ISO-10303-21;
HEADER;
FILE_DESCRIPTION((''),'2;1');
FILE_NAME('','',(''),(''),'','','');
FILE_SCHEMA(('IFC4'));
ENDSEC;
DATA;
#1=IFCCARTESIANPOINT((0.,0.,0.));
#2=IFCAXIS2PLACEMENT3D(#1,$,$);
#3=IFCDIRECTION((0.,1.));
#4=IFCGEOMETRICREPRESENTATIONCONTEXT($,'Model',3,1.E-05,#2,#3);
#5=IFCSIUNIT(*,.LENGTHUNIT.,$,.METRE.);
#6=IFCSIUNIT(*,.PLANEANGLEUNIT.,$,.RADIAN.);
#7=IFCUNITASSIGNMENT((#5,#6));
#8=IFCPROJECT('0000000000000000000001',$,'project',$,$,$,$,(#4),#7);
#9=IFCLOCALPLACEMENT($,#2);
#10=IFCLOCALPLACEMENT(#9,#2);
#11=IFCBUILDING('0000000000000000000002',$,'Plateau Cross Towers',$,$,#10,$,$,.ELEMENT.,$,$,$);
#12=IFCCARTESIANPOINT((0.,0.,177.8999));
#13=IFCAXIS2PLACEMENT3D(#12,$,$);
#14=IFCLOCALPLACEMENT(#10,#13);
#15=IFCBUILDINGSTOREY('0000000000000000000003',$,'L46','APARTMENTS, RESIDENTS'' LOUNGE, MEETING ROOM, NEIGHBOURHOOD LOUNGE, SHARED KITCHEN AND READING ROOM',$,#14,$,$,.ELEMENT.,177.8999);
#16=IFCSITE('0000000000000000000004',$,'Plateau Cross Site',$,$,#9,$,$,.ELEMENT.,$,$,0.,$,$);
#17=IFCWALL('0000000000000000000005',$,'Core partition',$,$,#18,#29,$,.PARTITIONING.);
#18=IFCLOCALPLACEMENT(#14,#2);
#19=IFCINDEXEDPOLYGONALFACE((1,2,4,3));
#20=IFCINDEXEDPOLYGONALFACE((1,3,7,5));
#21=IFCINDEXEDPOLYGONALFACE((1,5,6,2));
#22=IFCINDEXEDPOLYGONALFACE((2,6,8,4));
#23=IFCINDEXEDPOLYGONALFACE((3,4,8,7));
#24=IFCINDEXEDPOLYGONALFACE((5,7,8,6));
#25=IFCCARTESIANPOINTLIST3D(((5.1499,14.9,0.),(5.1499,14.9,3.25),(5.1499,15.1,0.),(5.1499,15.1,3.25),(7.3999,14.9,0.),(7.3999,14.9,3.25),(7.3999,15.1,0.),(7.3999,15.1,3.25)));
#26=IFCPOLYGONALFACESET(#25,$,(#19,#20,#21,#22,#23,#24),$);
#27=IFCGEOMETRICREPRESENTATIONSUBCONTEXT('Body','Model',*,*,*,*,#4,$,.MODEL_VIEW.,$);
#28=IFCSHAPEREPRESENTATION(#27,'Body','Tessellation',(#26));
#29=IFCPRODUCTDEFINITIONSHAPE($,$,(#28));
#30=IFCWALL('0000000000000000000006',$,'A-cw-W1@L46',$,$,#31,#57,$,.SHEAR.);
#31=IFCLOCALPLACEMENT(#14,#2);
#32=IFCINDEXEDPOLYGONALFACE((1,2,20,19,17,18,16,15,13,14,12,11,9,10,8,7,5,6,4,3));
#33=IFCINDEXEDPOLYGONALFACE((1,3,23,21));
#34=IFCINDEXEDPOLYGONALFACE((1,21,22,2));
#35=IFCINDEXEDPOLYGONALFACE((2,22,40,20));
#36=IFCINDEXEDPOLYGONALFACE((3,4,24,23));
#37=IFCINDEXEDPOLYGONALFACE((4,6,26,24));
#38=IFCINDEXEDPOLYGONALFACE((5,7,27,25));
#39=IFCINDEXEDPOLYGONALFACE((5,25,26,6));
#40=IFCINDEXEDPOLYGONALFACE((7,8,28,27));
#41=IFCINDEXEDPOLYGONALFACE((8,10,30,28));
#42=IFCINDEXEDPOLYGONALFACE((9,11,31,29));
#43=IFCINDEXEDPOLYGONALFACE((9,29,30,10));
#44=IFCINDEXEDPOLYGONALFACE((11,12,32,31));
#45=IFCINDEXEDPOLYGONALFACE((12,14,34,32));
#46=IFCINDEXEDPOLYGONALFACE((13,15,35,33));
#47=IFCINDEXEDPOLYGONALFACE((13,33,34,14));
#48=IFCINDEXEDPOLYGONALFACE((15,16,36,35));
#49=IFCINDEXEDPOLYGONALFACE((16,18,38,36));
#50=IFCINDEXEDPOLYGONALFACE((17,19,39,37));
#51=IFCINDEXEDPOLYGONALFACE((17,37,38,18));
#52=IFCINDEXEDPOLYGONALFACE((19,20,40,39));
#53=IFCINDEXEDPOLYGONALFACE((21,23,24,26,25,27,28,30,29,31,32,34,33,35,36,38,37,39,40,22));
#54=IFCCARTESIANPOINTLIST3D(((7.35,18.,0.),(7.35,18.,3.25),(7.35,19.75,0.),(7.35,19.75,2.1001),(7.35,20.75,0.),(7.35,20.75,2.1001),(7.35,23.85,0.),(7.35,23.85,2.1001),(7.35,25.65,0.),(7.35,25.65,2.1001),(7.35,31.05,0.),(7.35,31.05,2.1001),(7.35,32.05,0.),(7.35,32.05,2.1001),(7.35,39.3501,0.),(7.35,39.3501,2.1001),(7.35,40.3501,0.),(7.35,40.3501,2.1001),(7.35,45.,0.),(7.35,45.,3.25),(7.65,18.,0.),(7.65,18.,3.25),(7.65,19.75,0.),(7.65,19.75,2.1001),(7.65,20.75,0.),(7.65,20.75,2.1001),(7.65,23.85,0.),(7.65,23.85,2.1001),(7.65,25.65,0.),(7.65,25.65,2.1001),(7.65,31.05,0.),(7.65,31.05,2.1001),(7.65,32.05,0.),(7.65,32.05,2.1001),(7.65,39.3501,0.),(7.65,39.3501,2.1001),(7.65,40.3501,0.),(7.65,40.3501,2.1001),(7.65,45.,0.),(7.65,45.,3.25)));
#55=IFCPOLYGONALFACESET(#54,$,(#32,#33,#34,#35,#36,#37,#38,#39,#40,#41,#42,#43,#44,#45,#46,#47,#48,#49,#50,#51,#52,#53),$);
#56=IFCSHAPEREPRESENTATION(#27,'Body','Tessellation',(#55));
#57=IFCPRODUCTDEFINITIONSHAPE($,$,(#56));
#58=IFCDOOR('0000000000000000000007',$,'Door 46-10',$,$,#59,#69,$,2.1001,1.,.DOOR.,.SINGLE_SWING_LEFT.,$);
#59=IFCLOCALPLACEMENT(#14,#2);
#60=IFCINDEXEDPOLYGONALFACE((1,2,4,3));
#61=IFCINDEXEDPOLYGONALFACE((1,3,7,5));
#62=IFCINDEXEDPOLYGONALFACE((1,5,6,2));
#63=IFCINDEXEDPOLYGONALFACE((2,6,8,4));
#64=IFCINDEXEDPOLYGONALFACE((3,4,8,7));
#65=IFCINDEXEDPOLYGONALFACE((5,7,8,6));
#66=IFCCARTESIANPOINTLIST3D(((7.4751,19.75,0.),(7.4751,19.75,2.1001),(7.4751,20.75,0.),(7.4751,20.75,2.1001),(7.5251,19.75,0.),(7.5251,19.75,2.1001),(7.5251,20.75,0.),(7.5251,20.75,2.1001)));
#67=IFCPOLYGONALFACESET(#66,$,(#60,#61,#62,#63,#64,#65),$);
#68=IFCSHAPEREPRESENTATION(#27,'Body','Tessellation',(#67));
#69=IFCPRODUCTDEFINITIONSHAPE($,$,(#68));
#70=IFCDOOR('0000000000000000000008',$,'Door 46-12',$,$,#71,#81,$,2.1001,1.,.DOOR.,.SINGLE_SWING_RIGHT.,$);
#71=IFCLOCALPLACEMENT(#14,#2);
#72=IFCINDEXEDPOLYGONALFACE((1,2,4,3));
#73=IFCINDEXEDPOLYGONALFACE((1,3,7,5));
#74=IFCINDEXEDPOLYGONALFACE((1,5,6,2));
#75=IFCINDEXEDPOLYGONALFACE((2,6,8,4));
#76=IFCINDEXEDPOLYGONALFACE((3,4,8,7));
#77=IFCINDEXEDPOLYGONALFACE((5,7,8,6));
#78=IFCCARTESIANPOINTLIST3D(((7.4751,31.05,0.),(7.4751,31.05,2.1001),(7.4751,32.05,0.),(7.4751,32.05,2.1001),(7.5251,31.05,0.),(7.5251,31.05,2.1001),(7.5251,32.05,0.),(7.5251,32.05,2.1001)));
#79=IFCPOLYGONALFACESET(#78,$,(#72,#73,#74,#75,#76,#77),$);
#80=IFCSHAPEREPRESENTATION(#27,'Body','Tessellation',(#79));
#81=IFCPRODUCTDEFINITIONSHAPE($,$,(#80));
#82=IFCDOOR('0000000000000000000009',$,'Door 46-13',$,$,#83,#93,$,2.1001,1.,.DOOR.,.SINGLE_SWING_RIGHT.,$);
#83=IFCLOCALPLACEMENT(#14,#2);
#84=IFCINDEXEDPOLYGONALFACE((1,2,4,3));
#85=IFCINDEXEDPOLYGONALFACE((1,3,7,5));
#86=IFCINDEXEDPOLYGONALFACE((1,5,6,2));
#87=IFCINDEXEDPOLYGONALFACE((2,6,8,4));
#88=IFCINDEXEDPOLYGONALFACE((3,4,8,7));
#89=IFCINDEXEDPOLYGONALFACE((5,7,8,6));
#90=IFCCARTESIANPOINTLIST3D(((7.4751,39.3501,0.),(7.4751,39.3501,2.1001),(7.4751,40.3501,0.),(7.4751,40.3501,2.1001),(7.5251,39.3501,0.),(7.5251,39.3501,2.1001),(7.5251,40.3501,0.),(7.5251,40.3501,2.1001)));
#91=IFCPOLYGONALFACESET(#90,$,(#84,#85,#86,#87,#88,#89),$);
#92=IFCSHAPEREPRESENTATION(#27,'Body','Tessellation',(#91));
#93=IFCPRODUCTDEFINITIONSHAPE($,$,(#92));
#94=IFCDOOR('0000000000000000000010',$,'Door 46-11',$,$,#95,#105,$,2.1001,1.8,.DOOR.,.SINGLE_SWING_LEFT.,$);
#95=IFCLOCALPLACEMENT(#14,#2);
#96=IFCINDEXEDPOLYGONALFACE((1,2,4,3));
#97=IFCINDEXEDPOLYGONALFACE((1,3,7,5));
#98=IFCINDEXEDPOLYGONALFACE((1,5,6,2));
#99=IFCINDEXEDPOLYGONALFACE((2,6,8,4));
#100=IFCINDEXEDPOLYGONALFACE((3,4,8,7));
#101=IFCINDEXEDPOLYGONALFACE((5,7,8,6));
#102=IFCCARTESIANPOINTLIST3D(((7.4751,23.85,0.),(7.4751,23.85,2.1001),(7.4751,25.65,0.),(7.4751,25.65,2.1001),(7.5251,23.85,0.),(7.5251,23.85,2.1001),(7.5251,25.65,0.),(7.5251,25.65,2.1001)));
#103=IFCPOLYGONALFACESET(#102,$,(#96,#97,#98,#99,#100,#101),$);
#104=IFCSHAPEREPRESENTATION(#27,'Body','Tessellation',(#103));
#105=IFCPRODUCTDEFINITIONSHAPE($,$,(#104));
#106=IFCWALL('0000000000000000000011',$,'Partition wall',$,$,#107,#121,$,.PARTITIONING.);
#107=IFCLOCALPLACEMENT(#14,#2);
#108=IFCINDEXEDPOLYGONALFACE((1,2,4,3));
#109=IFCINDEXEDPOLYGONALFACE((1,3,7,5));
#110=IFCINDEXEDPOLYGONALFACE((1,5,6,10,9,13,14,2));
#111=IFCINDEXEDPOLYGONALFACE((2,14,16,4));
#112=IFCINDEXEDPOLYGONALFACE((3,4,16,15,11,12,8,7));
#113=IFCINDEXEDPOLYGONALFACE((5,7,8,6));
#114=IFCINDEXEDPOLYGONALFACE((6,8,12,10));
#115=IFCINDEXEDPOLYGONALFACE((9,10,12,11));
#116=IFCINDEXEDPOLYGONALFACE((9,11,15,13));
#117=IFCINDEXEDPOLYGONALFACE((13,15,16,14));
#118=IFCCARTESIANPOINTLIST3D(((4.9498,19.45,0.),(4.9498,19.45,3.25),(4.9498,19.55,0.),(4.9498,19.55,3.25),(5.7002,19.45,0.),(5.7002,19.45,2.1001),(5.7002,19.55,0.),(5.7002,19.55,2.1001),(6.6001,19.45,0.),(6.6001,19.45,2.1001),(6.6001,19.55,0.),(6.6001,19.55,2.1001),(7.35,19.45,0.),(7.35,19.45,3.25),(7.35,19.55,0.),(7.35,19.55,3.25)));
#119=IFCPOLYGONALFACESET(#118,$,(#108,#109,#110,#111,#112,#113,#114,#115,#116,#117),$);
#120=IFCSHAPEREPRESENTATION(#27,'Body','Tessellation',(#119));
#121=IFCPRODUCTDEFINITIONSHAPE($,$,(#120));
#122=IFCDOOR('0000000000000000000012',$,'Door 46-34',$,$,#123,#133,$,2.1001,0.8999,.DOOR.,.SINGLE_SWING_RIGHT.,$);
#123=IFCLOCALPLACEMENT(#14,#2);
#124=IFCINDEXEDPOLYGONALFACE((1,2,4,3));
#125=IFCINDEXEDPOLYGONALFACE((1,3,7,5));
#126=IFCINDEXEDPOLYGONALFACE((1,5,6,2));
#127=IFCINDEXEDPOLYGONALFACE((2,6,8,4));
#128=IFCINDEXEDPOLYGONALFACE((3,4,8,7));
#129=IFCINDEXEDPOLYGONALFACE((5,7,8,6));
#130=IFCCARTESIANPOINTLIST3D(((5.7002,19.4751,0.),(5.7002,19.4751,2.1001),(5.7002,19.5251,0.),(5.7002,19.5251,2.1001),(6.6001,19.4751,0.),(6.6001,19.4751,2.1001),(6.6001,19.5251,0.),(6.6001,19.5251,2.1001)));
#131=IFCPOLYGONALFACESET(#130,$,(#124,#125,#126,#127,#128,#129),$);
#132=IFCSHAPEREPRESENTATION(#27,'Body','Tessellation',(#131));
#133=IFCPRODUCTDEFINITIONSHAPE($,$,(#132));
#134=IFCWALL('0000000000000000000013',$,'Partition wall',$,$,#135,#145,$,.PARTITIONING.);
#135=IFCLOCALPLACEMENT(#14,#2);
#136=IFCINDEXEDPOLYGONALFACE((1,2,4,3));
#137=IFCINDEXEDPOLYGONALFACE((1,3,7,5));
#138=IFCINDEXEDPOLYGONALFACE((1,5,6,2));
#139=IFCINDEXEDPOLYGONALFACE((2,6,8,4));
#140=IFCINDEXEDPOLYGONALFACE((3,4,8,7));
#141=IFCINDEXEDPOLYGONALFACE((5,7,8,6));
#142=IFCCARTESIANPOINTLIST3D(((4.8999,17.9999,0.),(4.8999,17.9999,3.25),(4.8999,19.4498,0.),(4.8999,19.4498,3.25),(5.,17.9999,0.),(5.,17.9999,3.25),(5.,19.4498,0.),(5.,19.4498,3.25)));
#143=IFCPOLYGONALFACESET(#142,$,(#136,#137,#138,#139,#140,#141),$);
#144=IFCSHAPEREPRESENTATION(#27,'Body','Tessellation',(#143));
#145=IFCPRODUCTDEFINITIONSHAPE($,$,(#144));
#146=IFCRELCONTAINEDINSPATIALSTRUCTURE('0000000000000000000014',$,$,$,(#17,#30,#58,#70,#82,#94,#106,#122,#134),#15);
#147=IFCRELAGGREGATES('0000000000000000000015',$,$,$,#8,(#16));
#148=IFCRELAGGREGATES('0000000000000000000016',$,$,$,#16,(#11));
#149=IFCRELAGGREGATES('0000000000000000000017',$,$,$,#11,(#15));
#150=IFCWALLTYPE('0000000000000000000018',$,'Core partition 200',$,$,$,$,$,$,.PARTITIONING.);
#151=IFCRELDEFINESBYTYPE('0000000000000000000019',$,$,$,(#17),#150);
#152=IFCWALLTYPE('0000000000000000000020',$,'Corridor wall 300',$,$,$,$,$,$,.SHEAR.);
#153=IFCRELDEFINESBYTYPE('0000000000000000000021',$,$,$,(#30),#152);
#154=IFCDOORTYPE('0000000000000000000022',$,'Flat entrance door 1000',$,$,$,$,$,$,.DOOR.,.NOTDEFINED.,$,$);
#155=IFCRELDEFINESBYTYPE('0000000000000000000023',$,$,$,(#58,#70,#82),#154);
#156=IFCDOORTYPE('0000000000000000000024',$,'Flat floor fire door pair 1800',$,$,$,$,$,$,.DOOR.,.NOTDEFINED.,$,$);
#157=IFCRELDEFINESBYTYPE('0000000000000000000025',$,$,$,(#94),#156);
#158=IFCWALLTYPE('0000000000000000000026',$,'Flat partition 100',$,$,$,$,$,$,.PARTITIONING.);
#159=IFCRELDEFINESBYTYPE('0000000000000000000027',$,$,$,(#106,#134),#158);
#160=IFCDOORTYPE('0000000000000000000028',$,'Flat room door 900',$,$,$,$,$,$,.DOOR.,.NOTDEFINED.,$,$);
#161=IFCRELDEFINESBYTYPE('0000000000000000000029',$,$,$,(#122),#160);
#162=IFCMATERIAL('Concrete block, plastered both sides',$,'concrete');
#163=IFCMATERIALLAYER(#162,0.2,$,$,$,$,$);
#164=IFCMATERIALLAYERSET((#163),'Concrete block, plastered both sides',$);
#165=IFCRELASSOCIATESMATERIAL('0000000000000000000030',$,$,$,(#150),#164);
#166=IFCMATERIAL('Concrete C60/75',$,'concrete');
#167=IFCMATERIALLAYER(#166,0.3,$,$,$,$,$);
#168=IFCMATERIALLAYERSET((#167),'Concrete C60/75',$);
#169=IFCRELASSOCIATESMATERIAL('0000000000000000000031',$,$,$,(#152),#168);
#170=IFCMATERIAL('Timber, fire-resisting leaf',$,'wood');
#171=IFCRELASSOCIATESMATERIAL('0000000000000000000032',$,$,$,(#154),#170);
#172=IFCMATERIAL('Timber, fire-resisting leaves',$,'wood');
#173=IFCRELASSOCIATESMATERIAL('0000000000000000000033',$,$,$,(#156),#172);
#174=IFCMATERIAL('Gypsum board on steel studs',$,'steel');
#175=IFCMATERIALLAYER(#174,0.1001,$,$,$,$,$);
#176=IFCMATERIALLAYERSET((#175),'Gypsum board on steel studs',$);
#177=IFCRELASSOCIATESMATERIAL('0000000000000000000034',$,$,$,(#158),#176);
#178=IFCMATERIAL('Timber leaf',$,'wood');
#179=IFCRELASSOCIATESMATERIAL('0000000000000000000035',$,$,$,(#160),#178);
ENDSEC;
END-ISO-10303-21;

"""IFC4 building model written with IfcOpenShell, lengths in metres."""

from ifc_helpers import new_model, si_unit, direction, frame, frame_2d, origin, place, context, subcontext, project, spatial, rectangle, extrude, material, layer, layer_set, type_object, element, fill, save


model = new_model("IFC4")

# Units and contexts
model_context = context("Model", 3, precision=1e-05, world=origin(), true_north=direction((0.0, 1.0)))
body_context = subcontext(model_context, "Body", "Model", "MODEL_VIEW")
ifc_project = project(units=[si_unit("LENGTHUNIT", "METRE"), si_unit("PLANEANGLEUNIT", "RADIAN")], contexts=[model_context])

# Site, building, storey
site_placement = place(None, origin())
site = spatial("IfcSite", under=ifc_project, at=site_placement, Name="Plateau Cross Site", CompositionType="ELEMENT", RefElevation=0.0)
building_placement = place(site_placement, origin())
building = spatial("IfcBuilding", under=site, at=building_placement, Name="Plateau Cross Towers", CompositionType="ELEMENT")
storey_placement = place(building_placement, frame((0.0, 0.0, 177.8999)))
storey = spatial("IfcBuildingStorey", under=building, at=storey_placement, Name="L46", Description="APARTMENTS, RESIDENTS' LOUNGE, MEETING ROOM, NEIGHBOURHOOD LOUNGE, SHARED KITCHEN AND READING ROOM", CompositionType="ELEMENT", Elevation=177.8999)

# Wall
ifc_material_1 = material(Name="Concrete block, plastered both sides", Category="concrete")
ifc_layer_1 = layer(ifc_material_1, 0.2)
ifc_layer_set_1 = layer_set([ifc_layer_1], Name="Concrete block, plastered both sides")
wall_type_1 = type_object("IfcWallType", Name="Core partition 200", PredefinedType="PARTITIONING", material=ifc_layer_set_1)
wall_1_placement = place(storey_placement, frame((5.1499, 15.0, 0.0), z_axis=(0.0, 0.0, 1.0), x_axis=(1.0, 0.0, 0.0)))
element("IfcWall", 1, at=wall_1_placement, inside=storey, type_object=wall_type_1, Name="Core partition", PredefinedType="PARTITIONING", context=body_context, shape_type="SweptSolid", body=[
    extrude(rectangle(XDim=2.25, YDim=0.2, at=frame_2d((1.125, 0.0))), origin(), (0.0, 0.0, 1.0), 3.25),
])

# Wall, openings, doors
ifc_material_2 = material(Name="Concrete C60/75", Category="concrete")
ifc_layer_2 = layer(ifc_material_2, 0.3)
ifc_layer_set_2 = layer_set([ifc_layer_2], Name="Concrete C60/75")
wall_type_2 = type_object("IfcWallType", Name="Corridor wall 300", PredefinedType="SHEAR", material=ifc_layer_set_2)
wall_2_placement = place(storey_placement, frame((7.5, 18.0, 0.0), z_axis=(0.0, 0.0, 1.0), x_axis=(0.0, 1.0, 0.0)))
wall_2 = element("IfcWall", 2, at=wall_2_placement, inside=storey, type_object=wall_type_2, Name="A-cw-W1@L46", PredefinedType="SHEAR", context=body_context, shape_type="SweptSolid", body=[
    extrude(rectangle(XDim=27.0, YDim=0.3, at=frame_2d((13.5, 0.0))), origin(), (0.0, 0.0, 1.0), 3.25),
])
opening_1_placement = place(wall_2_placement, frame((1.75, 0.0, 0.0)))
opening_1 = element("IfcOpeningElement", 3, at=opening_1_placement, cuts=wall_2, PredefinedType="OPENING", context=body_context, shape_type="SweptSolid", body=[
    extrude(rectangle(XDim=1.0, YDim=2.1001, at=frame_2d((0.5, 1.05))), frame((0.0, 0.1599, 0.0), z_axis=(0.0, -1.0, 0.0), x_axis=(1.0, 0.0, 0.0)), (0.0, 0.0, 1.0), 0.3201),
])
opening_2_placement = place(wall_2_placement, frame((5.8501, 0.0, 0.0)))
opening_2 = element("IfcOpeningElement", 4, at=opening_2_placement, cuts=wall_2, PredefinedType="OPENING", context=body_context, shape_type="SweptSolid", body=[
    extrude(rectangle(XDim=1.8, YDim=2.1001, at=frame_2d((0.8999, 1.05))), frame((0.0, 0.1599, 0.0), z_axis=(0.0, -1.0, 0.0), x_axis=(1.0, 0.0, 0.0)), (0.0, 0.0, 1.0), 0.3201),
])
opening_3_placement = place(wall_2_placement, frame((13.05, 0.0, 0.0)))
opening_3 = element("IfcOpeningElement", 5, at=opening_3_placement, cuts=wall_2, PredefinedType="OPENING", context=body_context, shape_type="SweptSolid", body=[
    extrude(rectangle(XDim=1.0, YDim=2.1001, at=frame_2d((0.5, 1.05))), frame((0.0, 0.1599, 0.0), z_axis=(0.0, -1.0, 0.0), x_axis=(1.0, 0.0, 0.0)), (0.0, 0.0, 1.0), 0.3201),
])
opening_4_placement = place(wall_2_placement, frame((21.3501, 0.0, 0.0)))
opening_4 = element("IfcOpeningElement", 6, at=opening_4_placement, cuts=wall_2, PredefinedType="OPENING", context=body_context, shape_type="SweptSolid", body=[
    extrude(rectangle(XDim=1.0, YDim=2.1001, at=frame_2d((0.5, 1.05))), frame((0.0, 0.1599, 0.0), z_axis=(0.0, -1.0, 0.0), x_axis=(1.0, 0.0, 0.0)), (0.0, 0.0, 1.0), 0.3201),
])
ifc_material_3 = material(Name="Timber, fire-resisting leaf", Category="wood")
door_type_1 = type_object("IfcDoorType", Name="Flat entrance door 1000", OperationType="NOTDEFINED", PredefinedType="DOOR", material=ifc_material_3)
door_1_placement = place(opening_1_placement, origin())
door_1 = element("IfcDoor", 7, at=door_1_placement, inside=storey, type_object=door_type_1, Name="Door 46-10", OperationType="SINGLE_SWING_LEFT", OverallHeight=2.1001, OverallWidth=1.0, PredefinedType="DOOR", context=body_context, shape_type="SweptSolid", body=[
    extrude(rectangle(XDim=1.0, YDim=2.1001, at=frame_2d((0.5, 1.05))), frame((0.0, 0.0249, 0.0), z_axis=(0.0, -1.0, 0.0), x_axis=(1.0, 0.0, 0.0)), (0.0, 0.0, 1.0), 0.05),
])
fill(opening_1, door_1)
door_2_placement = place(opening_3_placement, origin())
door_2 = element("IfcDoor", 8, at=door_2_placement, inside=storey, type_object=door_type_1, Name="Door 46-12", OperationType="SINGLE_SWING_RIGHT", OverallHeight=2.1001, OverallWidth=1.0, PredefinedType="DOOR", context=body_context, shape_type="SweptSolid", body=[
    extrude(rectangle(XDim=1.0, YDim=2.1001, at=frame_2d((0.5, 1.05))), frame((0.0, 0.0249, 0.0), z_axis=(0.0, -1.0, 0.0), x_axis=(1.0, 0.0, 0.0)), (0.0, 0.0, 1.0), 0.05),
])
fill(opening_3, door_2)
door_3_placement = place(opening_4_placement, origin())
door_3 = element("IfcDoor", 9, at=door_3_placement, inside=storey, type_object=door_type_1, Name="Door 46-13", OperationType="SINGLE_SWING_RIGHT", OverallHeight=2.1001, OverallWidth=1.0, PredefinedType="DOOR", context=body_context, shape_type="SweptSolid", body=[
    extrude(rectangle(XDim=1.0, YDim=2.1001, at=frame_2d((0.5, 1.05))), frame((0.0, 0.0249, 0.0), z_axis=(0.0, -1.0, 0.0), x_axis=(1.0, 0.0, 0.0)), (0.0, 0.0, 1.0), 0.05),
])
fill(opening_4, door_3)
ifc_material_4 = material(Name="Timber, fire-resisting leaves", Category="wood")
door_type_2 = type_object("IfcDoorType", Name="Flat floor fire door pair 1800", OperationType="NOTDEFINED", PredefinedType="DOOR", material=ifc_material_4)
door_4_placement = place(opening_2_placement, origin())
door_4 = element("IfcDoor", 10, at=door_4_placement, inside=storey, type_object=door_type_2, Name="Door 46-11", OperationType="SINGLE_SWING_LEFT", OverallHeight=2.1001, OverallWidth=1.8, PredefinedType="DOOR", context=body_context, shape_type="SweptSolid", body=[
    extrude(rectangle(XDim=1.8, YDim=2.1001, at=frame_2d((0.8999, 1.05))), frame((0.0, 0.0249, 0.0), z_axis=(0.0, -1.0, 0.0), x_axis=(1.0, 0.0, 0.0)), (0.0, 0.0, 1.0), 0.05),
])
fill(opening_2, door_4)

# Wall, opening, door
ifc_material_5 = material(Name="Gypsum board on steel studs", Category="steel")
ifc_layer_3 = layer(ifc_material_5, 0.1001)
ifc_layer_set_3 = layer_set([ifc_layer_3], Name="Gypsum board on steel studs")
wall_type_3 = type_object("IfcWallType", Name="Flat partition 100", PredefinedType="PARTITIONING", material=ifc_layer_set_3)
wall_3_placement = place(storey_placement, frame((7.3501, 19.5, 0.0), z_axis=(0.0, 0.0, 1.0), x_axis=(-1.0, 0.0, 0.0)))
wall_3 = element("IfcWall", 11, at=wall_3_placement, inside=storey, type_object=wall_type_3, Name="Partition wall", PredefinedType="PARTITIONING", context=body_context, shape_type="SweptSolid", body=[
    extrude(rectangle(XDim=2.4001, YDim=0.1001, at=frame_2d((1.2002, 0.0))), origin(), (0.0, 0.0, 1.0), 3.25),
])
opening_5_placement = place(wall_3_placement, frame((0.75, 0.0, 0.0)))
opening_5 = element("IfcOpeningElement", 12, at=opening_5_placement, cuts=wall_3, PredefinedType="OPENING", context=body_context, shape_type="SweptSolid", body=[
    extrude(rectangle(XDim=0.8999, YDim=2.1001, at=frame_2d((0.45, 1.05))), frame((0.0, 0.0601, 0.0), z_axis=(0.0, -1.0, 0.0), x_axis=(1.0, 0.0, 0.0)), (0.0, 0.0, 1.0), 0.1201),
])
ifc_material_6 = material(Name="Timber leaf", Category="wood")
door_type_3 = type_object("IfcDoorType", Name="Flat room door 900", OperationType="NOTDEFINED", PredefinedType="DOOR", material=ifc_material_6)
door_5_placement = place(opening_5_placement, origin())
door_5 = element("IfcDoor", 13, at=door_5_placement, inside=storey, type_object=door_type_3, Name="Door 46-34", OperationType="SINGLE_SWING_RIGHT", OverallHeight=2.1001, OverallWidth=0.8999, PredefinedType="DOOR", context=body_context, shape_type="SweptSolid", body=[
    extrude(rectangle(XDim=0.8999, YDim=2.1001, at=frame_2d((0.45, 1.05))), frame((0.0, 0.0249, 0.0), z_axis=(0.0, -1.0, 0.0), x_axis=(1.0, 0.0, 0.0)), (0.0, 0.0, 1.0), 0.05),
])
fill(opening_5, door_5)

# Wall
wall_4_placement = place(storey_placement, frame((4.95, 19.45, 0.0), z_axis=(0.0, 0.0, 1.0), x_axis=(0.0, -1.0, 0.0)))
element("IfcWall", 14, at=wall_4_placement, inside=storey, type_object=wall_type_3, Name="Partition wall", PredefinedType="PARTITIONING", context=body_context, shape_type="SweptSolid", body=[
    extrude(rectangle(XDim=1.45, YDim=0.1001, at=frame_2d((0.7251, 0.0))), origin(), (0.0, 0.0, 1.0), 3.25),
])

save(model, "model.ifc")
